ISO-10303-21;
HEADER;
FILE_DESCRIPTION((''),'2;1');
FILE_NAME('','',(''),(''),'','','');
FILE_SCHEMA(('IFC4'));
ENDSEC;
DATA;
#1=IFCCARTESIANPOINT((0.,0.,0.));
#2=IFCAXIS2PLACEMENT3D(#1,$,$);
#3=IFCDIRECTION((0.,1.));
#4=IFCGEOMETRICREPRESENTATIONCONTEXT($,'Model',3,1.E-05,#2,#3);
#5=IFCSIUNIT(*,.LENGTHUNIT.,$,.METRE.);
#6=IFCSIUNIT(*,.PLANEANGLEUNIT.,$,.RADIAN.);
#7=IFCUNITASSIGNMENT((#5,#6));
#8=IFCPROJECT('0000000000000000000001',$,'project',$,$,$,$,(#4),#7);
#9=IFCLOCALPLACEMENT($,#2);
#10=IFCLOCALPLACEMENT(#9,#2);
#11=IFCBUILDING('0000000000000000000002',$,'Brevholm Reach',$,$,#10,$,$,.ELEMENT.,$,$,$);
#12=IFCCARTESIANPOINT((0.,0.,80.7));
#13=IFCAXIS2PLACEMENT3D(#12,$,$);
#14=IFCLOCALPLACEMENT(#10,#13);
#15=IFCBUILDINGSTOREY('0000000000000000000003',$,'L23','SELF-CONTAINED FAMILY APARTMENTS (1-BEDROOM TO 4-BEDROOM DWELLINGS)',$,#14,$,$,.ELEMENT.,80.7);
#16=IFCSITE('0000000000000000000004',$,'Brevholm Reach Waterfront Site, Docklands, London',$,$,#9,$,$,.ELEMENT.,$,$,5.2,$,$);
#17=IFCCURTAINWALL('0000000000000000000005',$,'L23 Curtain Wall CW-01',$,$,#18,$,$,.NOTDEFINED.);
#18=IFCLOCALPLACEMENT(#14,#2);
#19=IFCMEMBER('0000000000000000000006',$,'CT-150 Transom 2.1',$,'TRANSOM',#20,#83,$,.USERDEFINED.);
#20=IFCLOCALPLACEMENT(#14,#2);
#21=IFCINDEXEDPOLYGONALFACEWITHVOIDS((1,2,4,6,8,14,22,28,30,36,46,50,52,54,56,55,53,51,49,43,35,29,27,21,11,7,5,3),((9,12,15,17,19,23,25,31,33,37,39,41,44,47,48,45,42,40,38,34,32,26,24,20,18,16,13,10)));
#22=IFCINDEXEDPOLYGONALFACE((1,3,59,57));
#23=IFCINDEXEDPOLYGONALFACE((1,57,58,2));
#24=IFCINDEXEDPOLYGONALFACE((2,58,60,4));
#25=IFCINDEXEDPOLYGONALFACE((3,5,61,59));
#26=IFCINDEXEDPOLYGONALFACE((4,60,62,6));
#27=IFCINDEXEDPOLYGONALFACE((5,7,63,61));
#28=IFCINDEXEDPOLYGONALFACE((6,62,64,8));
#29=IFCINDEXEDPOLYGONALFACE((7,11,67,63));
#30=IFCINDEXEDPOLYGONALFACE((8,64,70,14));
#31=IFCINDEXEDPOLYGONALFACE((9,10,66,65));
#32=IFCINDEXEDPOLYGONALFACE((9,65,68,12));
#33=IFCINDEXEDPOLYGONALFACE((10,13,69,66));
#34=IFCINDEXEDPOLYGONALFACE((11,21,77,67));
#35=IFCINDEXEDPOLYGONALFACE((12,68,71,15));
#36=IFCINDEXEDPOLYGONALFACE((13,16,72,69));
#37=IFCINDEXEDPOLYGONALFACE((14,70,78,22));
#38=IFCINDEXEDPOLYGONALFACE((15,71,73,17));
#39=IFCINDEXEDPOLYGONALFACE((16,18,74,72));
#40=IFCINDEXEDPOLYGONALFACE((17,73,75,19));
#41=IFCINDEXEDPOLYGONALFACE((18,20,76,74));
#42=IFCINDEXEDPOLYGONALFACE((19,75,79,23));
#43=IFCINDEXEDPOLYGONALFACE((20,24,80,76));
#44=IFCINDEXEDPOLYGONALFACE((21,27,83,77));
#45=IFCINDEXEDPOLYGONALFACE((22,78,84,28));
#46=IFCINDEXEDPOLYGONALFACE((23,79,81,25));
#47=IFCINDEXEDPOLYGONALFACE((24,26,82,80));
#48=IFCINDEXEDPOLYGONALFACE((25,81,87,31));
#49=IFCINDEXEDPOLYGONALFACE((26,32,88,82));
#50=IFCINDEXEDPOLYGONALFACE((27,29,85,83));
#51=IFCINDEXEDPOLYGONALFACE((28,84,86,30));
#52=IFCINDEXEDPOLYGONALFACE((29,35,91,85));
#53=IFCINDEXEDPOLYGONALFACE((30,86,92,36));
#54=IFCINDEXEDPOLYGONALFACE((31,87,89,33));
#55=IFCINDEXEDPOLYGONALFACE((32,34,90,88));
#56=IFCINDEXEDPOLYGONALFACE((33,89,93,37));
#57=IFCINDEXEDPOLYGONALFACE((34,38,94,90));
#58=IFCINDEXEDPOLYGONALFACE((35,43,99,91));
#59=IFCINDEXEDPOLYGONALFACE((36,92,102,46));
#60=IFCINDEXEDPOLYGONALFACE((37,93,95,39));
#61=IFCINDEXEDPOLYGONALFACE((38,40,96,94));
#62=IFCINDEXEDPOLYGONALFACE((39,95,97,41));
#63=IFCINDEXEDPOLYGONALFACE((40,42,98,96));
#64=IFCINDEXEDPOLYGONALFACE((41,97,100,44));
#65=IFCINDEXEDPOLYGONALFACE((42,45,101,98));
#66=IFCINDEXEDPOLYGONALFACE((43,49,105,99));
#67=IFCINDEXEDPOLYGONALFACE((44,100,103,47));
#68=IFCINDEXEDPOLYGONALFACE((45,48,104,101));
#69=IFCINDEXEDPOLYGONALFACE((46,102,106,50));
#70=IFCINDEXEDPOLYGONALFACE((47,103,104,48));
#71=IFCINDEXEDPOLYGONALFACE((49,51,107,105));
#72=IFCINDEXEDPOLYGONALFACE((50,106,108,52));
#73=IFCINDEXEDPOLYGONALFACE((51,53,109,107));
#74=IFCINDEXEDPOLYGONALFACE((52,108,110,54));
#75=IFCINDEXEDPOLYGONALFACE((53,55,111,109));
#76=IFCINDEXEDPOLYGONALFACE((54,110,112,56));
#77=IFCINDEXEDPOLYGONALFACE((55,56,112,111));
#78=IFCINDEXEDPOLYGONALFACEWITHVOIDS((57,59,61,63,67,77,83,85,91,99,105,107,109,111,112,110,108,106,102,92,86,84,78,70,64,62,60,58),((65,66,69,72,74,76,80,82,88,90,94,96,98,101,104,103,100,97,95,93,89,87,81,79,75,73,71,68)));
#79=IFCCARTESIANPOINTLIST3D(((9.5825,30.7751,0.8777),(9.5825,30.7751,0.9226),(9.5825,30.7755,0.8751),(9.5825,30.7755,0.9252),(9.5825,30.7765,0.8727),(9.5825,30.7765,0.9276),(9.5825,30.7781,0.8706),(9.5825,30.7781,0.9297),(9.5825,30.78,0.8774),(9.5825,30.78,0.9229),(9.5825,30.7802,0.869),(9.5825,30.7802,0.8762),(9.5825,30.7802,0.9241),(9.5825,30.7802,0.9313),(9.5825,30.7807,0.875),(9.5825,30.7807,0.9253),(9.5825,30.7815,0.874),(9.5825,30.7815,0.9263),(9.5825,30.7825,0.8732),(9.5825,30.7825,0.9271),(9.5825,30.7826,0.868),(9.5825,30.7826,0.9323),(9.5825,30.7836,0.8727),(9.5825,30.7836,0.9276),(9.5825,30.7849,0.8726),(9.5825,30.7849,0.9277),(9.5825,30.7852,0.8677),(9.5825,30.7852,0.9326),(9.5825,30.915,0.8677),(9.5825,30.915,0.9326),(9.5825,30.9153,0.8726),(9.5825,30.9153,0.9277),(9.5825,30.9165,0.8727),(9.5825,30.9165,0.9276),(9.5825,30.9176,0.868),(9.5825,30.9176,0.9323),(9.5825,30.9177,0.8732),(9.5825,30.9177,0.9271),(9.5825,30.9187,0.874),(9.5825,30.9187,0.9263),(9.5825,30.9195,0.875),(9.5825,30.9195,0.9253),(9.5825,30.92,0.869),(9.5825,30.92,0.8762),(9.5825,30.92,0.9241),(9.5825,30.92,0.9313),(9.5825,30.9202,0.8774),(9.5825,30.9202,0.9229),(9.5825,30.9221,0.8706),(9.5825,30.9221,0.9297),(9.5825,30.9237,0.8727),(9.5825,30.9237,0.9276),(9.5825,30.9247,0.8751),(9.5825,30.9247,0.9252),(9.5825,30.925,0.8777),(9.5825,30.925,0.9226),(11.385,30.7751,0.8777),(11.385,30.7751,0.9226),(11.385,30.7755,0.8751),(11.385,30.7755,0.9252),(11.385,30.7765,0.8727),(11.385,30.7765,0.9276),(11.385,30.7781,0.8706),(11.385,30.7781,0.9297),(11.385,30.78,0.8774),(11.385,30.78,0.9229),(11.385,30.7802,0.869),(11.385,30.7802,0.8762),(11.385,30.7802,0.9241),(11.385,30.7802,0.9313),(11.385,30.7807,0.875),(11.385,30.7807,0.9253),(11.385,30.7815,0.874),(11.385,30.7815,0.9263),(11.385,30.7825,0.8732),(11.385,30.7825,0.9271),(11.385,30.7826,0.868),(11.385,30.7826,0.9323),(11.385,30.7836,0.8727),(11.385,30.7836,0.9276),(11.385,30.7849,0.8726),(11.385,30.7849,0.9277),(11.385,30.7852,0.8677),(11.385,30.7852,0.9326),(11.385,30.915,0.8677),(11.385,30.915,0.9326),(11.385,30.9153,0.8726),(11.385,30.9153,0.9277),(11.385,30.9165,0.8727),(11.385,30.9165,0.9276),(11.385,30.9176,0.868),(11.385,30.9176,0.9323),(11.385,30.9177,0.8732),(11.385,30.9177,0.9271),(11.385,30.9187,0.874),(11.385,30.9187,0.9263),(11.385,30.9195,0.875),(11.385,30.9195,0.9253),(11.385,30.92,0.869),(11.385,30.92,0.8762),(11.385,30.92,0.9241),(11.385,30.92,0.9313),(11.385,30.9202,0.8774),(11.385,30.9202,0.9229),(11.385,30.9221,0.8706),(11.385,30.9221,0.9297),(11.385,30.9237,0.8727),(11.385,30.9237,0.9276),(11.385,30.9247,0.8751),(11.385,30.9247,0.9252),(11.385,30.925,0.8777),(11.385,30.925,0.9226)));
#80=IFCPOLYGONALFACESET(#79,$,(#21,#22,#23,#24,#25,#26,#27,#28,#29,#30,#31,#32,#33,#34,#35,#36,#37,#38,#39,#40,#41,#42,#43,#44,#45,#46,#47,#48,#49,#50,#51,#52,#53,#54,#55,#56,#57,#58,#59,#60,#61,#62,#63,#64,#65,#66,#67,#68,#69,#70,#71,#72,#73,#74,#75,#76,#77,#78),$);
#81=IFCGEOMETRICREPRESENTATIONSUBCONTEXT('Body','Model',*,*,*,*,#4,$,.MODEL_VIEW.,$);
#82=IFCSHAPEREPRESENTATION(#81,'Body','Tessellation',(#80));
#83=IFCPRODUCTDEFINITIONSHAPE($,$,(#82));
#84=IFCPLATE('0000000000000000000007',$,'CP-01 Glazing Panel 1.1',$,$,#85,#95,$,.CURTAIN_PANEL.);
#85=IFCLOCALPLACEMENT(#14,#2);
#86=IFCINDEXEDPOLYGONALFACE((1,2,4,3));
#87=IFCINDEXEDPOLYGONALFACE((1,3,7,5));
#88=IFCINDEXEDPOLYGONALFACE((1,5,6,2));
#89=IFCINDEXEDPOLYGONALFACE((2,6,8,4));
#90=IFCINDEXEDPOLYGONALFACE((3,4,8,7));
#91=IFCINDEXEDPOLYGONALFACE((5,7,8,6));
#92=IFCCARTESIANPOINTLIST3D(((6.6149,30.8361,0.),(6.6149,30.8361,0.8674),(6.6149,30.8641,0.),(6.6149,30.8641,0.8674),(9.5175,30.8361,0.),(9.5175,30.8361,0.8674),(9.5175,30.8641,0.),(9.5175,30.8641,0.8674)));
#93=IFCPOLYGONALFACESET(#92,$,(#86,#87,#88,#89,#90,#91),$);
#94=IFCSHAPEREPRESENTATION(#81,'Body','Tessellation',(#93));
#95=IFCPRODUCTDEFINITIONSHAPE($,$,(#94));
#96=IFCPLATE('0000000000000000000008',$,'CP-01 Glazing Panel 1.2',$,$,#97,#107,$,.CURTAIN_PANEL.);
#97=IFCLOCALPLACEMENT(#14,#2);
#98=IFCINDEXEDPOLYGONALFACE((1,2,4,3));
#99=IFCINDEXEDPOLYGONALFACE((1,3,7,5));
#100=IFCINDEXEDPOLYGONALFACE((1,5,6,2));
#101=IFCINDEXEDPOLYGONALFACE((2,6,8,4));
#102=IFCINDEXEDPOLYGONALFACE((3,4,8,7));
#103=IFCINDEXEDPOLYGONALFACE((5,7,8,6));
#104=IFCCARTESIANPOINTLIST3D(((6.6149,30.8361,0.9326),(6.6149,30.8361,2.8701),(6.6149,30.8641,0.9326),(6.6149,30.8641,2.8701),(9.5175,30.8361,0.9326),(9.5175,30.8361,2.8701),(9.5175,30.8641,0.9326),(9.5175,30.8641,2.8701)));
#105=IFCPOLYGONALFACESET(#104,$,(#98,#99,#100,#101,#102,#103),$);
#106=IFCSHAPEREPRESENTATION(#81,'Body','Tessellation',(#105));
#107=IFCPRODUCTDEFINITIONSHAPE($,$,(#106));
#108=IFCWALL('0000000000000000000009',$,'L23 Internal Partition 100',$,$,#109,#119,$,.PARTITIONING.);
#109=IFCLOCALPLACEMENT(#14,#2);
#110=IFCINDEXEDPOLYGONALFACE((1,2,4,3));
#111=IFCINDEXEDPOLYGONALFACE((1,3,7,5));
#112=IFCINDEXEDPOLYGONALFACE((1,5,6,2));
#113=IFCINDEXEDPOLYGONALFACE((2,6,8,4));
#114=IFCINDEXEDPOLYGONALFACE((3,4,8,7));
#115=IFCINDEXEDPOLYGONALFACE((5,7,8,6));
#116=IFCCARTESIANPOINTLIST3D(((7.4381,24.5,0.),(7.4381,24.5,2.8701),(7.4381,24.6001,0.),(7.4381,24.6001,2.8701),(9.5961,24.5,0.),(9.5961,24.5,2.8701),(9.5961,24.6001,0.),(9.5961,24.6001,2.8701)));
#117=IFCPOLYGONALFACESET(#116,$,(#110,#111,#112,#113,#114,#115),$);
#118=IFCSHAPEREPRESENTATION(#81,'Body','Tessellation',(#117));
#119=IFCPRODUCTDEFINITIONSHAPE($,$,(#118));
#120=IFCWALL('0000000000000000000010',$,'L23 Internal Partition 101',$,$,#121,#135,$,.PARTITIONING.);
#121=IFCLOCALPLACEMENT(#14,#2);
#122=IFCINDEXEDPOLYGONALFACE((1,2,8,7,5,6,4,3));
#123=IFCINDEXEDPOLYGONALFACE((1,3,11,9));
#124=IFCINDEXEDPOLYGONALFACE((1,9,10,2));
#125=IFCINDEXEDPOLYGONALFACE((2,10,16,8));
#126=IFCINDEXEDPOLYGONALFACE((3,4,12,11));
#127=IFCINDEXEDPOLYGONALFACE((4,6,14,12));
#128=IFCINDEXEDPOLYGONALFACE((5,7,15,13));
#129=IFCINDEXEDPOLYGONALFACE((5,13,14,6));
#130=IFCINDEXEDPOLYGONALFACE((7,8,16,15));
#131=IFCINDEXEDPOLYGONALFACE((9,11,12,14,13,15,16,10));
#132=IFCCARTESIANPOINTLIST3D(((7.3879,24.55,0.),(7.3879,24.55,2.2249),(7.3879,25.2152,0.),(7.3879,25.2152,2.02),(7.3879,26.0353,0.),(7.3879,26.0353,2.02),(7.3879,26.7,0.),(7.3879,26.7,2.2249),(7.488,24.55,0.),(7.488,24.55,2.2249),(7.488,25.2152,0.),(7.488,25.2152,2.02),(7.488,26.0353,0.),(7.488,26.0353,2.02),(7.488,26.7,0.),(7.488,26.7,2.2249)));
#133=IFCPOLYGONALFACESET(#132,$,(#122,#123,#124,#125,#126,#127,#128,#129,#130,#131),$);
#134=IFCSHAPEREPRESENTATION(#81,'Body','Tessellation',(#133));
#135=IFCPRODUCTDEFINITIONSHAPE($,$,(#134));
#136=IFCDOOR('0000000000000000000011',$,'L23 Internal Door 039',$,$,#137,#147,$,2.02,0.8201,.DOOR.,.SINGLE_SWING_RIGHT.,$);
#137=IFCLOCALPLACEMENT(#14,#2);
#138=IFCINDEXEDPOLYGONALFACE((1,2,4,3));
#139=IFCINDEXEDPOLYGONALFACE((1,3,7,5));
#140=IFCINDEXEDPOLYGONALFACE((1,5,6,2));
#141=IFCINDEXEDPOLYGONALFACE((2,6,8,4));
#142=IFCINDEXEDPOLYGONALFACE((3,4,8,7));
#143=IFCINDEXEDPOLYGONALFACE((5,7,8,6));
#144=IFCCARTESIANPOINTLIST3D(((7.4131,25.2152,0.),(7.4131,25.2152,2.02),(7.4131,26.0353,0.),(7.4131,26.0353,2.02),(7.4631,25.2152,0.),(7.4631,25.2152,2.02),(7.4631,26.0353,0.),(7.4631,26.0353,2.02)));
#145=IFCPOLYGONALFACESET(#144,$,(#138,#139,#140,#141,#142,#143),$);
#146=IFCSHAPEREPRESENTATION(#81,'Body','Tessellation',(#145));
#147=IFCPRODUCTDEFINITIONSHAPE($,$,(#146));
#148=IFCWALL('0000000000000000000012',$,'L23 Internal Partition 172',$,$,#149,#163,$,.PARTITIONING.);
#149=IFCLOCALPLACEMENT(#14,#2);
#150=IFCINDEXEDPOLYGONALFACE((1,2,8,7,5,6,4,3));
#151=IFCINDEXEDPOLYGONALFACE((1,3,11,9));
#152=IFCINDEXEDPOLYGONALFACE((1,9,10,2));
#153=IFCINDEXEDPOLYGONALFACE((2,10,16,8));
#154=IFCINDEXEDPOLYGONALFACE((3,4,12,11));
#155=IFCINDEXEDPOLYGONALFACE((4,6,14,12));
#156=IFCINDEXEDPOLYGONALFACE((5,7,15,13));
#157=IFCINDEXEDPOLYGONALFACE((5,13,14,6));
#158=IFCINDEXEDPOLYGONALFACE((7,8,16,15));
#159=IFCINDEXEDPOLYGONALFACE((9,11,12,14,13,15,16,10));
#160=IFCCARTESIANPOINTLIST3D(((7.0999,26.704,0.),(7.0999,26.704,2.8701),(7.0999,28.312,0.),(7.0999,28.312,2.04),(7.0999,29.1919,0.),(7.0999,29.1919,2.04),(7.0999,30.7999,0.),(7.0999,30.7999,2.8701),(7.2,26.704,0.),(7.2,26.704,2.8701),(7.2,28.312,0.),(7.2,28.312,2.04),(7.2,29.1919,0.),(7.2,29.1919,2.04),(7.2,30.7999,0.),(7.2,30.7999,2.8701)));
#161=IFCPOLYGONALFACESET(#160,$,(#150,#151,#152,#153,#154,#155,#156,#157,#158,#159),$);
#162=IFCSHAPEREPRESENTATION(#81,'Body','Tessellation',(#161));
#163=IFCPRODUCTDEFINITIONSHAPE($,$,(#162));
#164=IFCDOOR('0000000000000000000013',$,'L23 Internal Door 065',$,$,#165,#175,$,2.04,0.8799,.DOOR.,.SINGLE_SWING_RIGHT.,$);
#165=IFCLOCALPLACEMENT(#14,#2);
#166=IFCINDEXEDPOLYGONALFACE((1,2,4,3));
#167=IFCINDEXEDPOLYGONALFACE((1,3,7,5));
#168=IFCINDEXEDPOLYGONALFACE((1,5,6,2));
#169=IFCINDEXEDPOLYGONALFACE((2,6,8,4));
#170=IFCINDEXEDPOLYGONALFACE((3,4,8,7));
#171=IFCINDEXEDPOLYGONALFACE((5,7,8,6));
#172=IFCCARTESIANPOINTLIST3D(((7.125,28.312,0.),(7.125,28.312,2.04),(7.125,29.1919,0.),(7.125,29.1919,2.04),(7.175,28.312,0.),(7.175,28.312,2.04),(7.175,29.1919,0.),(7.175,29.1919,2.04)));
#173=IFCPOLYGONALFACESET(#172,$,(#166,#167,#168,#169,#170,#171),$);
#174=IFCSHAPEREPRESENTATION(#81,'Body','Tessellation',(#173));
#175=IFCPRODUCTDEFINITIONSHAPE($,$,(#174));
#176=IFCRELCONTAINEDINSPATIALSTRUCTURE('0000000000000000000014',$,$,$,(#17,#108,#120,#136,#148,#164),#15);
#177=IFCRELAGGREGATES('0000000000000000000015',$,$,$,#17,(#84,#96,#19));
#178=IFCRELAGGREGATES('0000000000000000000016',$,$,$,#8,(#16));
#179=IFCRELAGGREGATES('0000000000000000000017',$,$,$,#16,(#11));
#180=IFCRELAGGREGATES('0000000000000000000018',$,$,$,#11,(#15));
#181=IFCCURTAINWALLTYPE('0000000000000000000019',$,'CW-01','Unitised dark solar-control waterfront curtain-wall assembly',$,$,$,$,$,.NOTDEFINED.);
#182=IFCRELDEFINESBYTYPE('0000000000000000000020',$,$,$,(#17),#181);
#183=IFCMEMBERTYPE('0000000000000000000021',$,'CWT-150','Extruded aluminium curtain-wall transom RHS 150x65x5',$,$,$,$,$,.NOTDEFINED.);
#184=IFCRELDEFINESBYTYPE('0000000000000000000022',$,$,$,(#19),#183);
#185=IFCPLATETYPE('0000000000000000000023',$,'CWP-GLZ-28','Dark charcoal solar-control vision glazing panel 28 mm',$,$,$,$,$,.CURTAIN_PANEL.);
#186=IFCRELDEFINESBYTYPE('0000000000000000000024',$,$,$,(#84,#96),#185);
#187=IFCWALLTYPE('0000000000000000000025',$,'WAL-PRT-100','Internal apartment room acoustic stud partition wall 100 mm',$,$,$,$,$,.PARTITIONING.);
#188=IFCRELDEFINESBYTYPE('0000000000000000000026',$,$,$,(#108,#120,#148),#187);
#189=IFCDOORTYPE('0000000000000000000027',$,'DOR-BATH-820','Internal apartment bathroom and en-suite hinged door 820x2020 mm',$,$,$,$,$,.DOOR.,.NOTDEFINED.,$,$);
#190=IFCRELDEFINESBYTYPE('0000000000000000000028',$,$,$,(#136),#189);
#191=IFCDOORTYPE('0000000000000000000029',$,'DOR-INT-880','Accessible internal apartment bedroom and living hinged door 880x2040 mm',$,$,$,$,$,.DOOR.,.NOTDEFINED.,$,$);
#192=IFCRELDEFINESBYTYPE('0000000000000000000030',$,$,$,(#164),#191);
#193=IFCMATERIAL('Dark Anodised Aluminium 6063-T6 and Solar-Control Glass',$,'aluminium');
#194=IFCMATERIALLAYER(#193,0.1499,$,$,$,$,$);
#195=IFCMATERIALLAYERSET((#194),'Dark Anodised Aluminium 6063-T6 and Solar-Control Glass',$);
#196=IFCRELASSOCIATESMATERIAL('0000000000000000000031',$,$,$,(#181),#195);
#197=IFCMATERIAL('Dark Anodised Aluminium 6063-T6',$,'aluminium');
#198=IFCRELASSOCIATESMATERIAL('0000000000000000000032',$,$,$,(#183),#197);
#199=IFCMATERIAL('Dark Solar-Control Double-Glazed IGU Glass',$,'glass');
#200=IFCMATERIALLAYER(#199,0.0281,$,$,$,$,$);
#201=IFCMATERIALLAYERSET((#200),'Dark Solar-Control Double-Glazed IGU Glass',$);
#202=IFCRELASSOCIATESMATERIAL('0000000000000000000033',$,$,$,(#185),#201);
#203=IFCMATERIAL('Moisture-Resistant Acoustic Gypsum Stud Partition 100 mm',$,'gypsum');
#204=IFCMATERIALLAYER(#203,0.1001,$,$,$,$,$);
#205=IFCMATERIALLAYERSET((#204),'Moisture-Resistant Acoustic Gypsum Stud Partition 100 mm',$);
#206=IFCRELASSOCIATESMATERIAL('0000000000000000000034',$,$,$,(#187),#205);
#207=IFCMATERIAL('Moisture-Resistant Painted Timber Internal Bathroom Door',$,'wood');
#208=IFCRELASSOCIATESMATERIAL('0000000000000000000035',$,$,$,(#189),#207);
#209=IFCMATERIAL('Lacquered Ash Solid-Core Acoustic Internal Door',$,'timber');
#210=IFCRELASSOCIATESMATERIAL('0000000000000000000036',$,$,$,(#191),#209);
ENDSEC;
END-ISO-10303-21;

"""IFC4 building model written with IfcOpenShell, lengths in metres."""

from ifc_helpers import new_model, si_unit, direction, frame, frame_2d, origin, origin_2d, place, context, subcontext, project, spatial, rectangle, hollow_rectangle, extrude, material, layer, layer_set, material_profile, profile_set, type_object, element, fill, aggregate, save


model = new_model("IFC4")

# Units and contexts
model_context = context("Model", 3, precision=1e-05, world=origin(), true_north=direction((0.0, 1.0)))
body_context = subcontext(model_context, "Body", "Model", "MODEL_VIEW")
ifc_project = project(units=[si_unit("LENGTHUNIT", "METRE"), si_unit("PLANEANGLEUNIT", "RADIAN")], contexts=[model_context])

# Site, building, storey
site_placement = place(None, origin())
site = spatial("IfcSite", under=ifc_project, at=site_placement, Name="Brevholm Reach Waterfront Site, Docklands, London", CompositionType="ELEMENT", RefElevation=5.2)
building_placement = place(site_placement, origin())
building = spatial("IfcBuilding", under=site, at=building_placement, Name="Brevholm Reach", CompositionType="ELEMENT")
storey_placement = place(building_placement, frame((0.0, 0.0, 80.7)))
storey = spatial("IfcBuildingStorey", under=building, at=storey_placement, Name="L23", Description="SELF-CONTAINED FAMILY APARTMENTS (1-BEDROOM TO 4-BEDROOM DWELLINGS)", CompositionType="ELEMENT", Elevation=80.7)

# Curtain wall, member, plates
ifc_material_1 = material(Name="Dark Anodised Aluminium 6063-T6 and Solar-Control Glass", Category="aluminium")
ifc_layer_1 = layer(ifc_material_1, 0.1499)
ifc_layer_set_1 = layer_set([ifc_layer_1], Name="Dark Anodised Aluminium 6063-T6 and Solar-Control Glass")
curtain_wall_type = type_object("IfcCurtainWallType", Name="CW-01", Description="Unitised dark solar-control waterfront curtain-wall assembly", PredefinedType="NOTDEFINED", material=ifc_layer_set_1)
curtain_wall_placement = place(storey_placement, origin())
curtain_wall = element("IfcCurtainWall", 1, at=curtain_wall_placement, inside=storey, type_object=curtain_wall_type, Name="L23 Curtain Wall CW-01", PredefinedType="NOTDEFINED")
ifc_material_2 = material(Name="Dark Anodised Aluminium 6063-T6", Category="aluminium")
ifc_material_profile_1 = material_profile(ifc_material_2, hollow_rectangle(XDim=0.0649, YDim=0.1499, WallThickness=0.0049, InnerFilletRadius=0.0049, OuterFilletRadius=0.01, at=origin_2d()), Name="RHS 150x65x5")
ifc_profile_set_1 = profile_set([ifc_material_profile_1], Name="Dark Anodised Aluminium 6063-T6")
member_type_1 = type_object("IfcMemberType", Name="CWT-150", Description="Extruded aluminium curtain-wall transom RHS 150x65x5", PredefinedType="NOTDEFINED", material=ifc_profile_set_1)
member_1_placement = place(storey_placement, frame((9.5825, 30.8501, 0.9001), z_axis=(1.0, 0.0, 0.0), x_axis=(0.0, 0.0, 1.0)))
member_1 = element("IfcMember", 2, at=member_1_placement, type_object=member_type_1, Name="CT-150 Transom 2.1", ObjectType="TRANSOM", PredefinedType="USERDEFINED", context=body_context, shape_type="SweptSolid", body=[
    extrude(hollow_rectangle(XDim=0.0649, YDim=0.1499, WallThickness=0.0049, InnerFilletRadius=0.0049, OuterFilletRadius=0.01, at=origin_2d()), origin(), (0.0, 0.0, 1.0), 1.8025),
])
ifc_material_3 = material(Name="Dark Solar-Control Double-Glazed IGU Glass", Category="glass")
ifc_layer_2 = layer(ifc_material_3, 0.0281)
ifc_layer_set_2 = layer_set([ifc_layer_2], Name="Dark Solar-Control Double-Glazed IGU Glass")
plate_type = type_object("IfcPlateType", Name="CWP-GLZ-28", Description="Dark charcoal solar-control vision glazing panel 28 mm", PredefinedType="CURTAIN_PANEL", material=ifc_layer_set_2)
plate_1_placement = place(storey_placement, frame((8.0662, 30.8501, 0.0), z_axis=(0.0, 0.0, 1.0), x_axis=(1.0, 0.0, 0.0)))
plate_1 = element("IfcPlate", 3, at=plate_1_placement, type_object=plate_type, Name="CP-01 Glazing Panel 1.1", PredefinedType="CURTAIN_PANEL", context=body_context, shape_type="SweptSolid", body=[
    extrude(rectangle(XDim=2.9026, YDim=0.0281, at=origin_2d()), origin(), (0.0, 0.0, 1.0), 0.8674),
])
plate_2_placement = place(storey_placement, frame((8.0662, 30.8501, 0.9326), z_axis=(0.0, 0.0, 1.0), x_axis=(1.0, 0.0, 0.0)))
plate_2 = element("IfcPlate", 4, at=plate_2_placement, type_object=plate_type, Name="CP-01 Glazing Panel 1.2", PredefinedType="CURTAIN_PANEL", context=body_context, shape_type="SweptSolid", body=[
    extrude(rectangle(XDim=2.9026, YDim=0.0281, at=origin_2d()), origin(), (0.0, 0.0, 1.0), 1.9375),
])
aggregate(curtain_wall, [plate_1, plate_2, member_1])

# Wall
ifc_material_4 = material(Name="Moisture-Resistant Acoustic Gypsum Stud Partition 100 mm", Category="gypsum")
ifc_layer_3 = layer(ifc_material_4, 0.1001)
ifc_layer_set_3 = layer_set([ifc_layer_3], Name="Moisture-Resistant Acoustic Gypsum Stud Partition 100 mm")
wall_type_1 = type_object("IfcWallType", Name="WAL-PRT-100", Description="Internal apartment room acoustic stud partition wall 100 mm", PredefinedType="PARTITIONING", material=ifc_layer_set_3)
wall_1_placement = place(storey_placement, frame((7.438, 24.55, 0.0), z_axis=(0.0, 0.0, 1.0), x_axis=(1.0, 0.0, 0.0)))
element("IfcWall", 5, at=wall_1_placement, inside=storey, type_object=wall_type_1, Name="L23 Internal Partition 100", PredefinedType="PARTITIONING", context=body_context, shape_type="SweptSolid", body=[
    extrude(rectangle(XDim=2.158, YDim=0.1001, at=frame_2d((1.0791, 0.0))), origin(), (0.0, 0.0, 1.0), 2.8701),
])

# Walls, openings, doors
wall_2_placement = place(storey_placement, frame((7.438, 24.55, 0.0), z_axis=(0.0, 0.0, 1.0), x_axis=(0.0, 1.0, 0.0)))
wall_2 = element("IfcWall", 6, at=wall_2_placement, inside=storey, type_object=wall_type_1, Name="L23 Internal Partition 101", PredefinedType="PARTITIONING", context=body_context, shape_type="SweptSolid", body=[
    extrude(rectangle(XDim=2.1499, YDim=0.1001, at=frame_2d((1.075, 0.0))), origin(), (0.0, 0.0, 1.0), 2.2249),
])
opening_1_placement = place(wall_2_placement, frame((0.665, 0.0, 0.0)))
opening_1 = element("IfcOpeningElement", 7, at=opening_1_placement, cuts=wall_2, PredefinedType="OPENING", context=body_context, shape_type="SweptSolid", body=[
    extrude(rectangle(XDim=0.8201, YDim=2.02, at=frame_2d((0.4102, 1.01))), frame((0.0, 0.0601, 0.0), z_axis=(0.0, -1.0, 0.0), x_axis=(1.0, 0.0, 0.0)), (0.0, 0.0, 1.0), 0.1201),
])
ifc_material_5 = material(Name="Moisture-Resistant Painted Timber Internal Bathroom Door", Category="wood")
door_type_1 = type_object("IfcDoorType", Name="DOR-BATH-820", Description="Internal apartment bathroom and en-suite hinged door 820x2020 mm", OperationType="NOTDEFINED", PredefinedType="DOOR", material=ifc_material_5)
door_1_placement = place(opening_1_placement, origin())
door_1 = element("IfcDoor", 8, at=door_1_placement, inside=storey, type_object=door_type_1, Name="L23 Internal Door 039", OperationType="SINGLE_SWING_RIGHT", OverallHeight=2.02, OverallWidth=0.8201, PredefinedType="DOOR", context=body_context, shape_type="SweptSolid", body=[
    extrude(rectangle(XDim=0.8201, YDim=2.02, at=frame_2d((0.4102, 1.01))), frame((0.0, 0.0249, 0.0), z_axis=(0.0, -1.0, 0.0), x_axis=(1.0, 0.0, 0.0)), (0.0, 0.0, 1.0), 0.05),
])
fill(opening_1, door_1)
wall_3_placement = place(storey_placement, frame((7.1499, 26.7041, 0.0), z_axis=(0.0, 0.0, 1.0), x_axis=(0.0, 1.0, 0.0)))
wall_3 = element("IfcWall", 9, at=wall_3_placement, inside=storey, type_object=wall_type_1, Name="L23 Internal Partition 172", PredefinedType="PARTITIONING", context=body_context, shape_type="SweptSolid", body=[
    extrude(rectangle(XDim=4.0959, YDim=0.1001, at=frame_2d((2.0479, 0.0))), origin(), (0.0, 0.0, 1.0), 2.8701),
])
opening_2_placement = place(wall_3_placement, frame((1.6079, 0.0, 0.0)))
opening_2 = element("IfcOpeningElement", 10, at=opening_2_placement, cuts=wall_3, PredefinedType="OPENING", context=body_context, shape_type="SweptSolid", body=[
    extrude(rectangle(XDim=0.8799, YDim=2.04, at=frame_2d((0.4399, 1.02))), frame((0.0, 0.0601, 0.0), z_axis=(0.0, -1.0, 0.0), x_axis=(1.0, 0.0, 0.0)), (0.0, 0.0, 1.0), 0.1201),
])
ifc_material_6 = material(Name="Lacquered Ash Solid-Core Acoustic Internal Door", Category="timber")
door_type_2 = type_object("IfcDoorType", Name="DOR-INT-880", Description="Accessible internal apartment bedroom and living hinged door 880x2040 mm", OperationType="NOTDEFINED", PredefinedType="DOOR", material=ifc_material_6)
door_2_placement = place(opening_2_placement, origin())
door_2 = element("IfcDoor", 11, at=door_2_placement, inside=storey, type_object=door_type_2, Name="L23 Internal Door 065", OperationType="SINGLE_SWING_RIGHT", OverallHeight=2.04, OverallWidth=0.8799, PredefinedType="DOOR", context=body_context, shape_type="SweptSolid", body=[
    extrude(rectangle(XDim=0.8799, YDim=2.04, at=frame_2d((0.4399, 1.02))), frame((0.0, 0.0249, 0.0), z_axis=(0.0, -1.0, 0.0), x_axis=(1.0, 0.0, 0.0)), (0.0, 0.0, 1.0), 0.05),
])
fill(opening_2, door_2)

save(model, "model.ifc")
